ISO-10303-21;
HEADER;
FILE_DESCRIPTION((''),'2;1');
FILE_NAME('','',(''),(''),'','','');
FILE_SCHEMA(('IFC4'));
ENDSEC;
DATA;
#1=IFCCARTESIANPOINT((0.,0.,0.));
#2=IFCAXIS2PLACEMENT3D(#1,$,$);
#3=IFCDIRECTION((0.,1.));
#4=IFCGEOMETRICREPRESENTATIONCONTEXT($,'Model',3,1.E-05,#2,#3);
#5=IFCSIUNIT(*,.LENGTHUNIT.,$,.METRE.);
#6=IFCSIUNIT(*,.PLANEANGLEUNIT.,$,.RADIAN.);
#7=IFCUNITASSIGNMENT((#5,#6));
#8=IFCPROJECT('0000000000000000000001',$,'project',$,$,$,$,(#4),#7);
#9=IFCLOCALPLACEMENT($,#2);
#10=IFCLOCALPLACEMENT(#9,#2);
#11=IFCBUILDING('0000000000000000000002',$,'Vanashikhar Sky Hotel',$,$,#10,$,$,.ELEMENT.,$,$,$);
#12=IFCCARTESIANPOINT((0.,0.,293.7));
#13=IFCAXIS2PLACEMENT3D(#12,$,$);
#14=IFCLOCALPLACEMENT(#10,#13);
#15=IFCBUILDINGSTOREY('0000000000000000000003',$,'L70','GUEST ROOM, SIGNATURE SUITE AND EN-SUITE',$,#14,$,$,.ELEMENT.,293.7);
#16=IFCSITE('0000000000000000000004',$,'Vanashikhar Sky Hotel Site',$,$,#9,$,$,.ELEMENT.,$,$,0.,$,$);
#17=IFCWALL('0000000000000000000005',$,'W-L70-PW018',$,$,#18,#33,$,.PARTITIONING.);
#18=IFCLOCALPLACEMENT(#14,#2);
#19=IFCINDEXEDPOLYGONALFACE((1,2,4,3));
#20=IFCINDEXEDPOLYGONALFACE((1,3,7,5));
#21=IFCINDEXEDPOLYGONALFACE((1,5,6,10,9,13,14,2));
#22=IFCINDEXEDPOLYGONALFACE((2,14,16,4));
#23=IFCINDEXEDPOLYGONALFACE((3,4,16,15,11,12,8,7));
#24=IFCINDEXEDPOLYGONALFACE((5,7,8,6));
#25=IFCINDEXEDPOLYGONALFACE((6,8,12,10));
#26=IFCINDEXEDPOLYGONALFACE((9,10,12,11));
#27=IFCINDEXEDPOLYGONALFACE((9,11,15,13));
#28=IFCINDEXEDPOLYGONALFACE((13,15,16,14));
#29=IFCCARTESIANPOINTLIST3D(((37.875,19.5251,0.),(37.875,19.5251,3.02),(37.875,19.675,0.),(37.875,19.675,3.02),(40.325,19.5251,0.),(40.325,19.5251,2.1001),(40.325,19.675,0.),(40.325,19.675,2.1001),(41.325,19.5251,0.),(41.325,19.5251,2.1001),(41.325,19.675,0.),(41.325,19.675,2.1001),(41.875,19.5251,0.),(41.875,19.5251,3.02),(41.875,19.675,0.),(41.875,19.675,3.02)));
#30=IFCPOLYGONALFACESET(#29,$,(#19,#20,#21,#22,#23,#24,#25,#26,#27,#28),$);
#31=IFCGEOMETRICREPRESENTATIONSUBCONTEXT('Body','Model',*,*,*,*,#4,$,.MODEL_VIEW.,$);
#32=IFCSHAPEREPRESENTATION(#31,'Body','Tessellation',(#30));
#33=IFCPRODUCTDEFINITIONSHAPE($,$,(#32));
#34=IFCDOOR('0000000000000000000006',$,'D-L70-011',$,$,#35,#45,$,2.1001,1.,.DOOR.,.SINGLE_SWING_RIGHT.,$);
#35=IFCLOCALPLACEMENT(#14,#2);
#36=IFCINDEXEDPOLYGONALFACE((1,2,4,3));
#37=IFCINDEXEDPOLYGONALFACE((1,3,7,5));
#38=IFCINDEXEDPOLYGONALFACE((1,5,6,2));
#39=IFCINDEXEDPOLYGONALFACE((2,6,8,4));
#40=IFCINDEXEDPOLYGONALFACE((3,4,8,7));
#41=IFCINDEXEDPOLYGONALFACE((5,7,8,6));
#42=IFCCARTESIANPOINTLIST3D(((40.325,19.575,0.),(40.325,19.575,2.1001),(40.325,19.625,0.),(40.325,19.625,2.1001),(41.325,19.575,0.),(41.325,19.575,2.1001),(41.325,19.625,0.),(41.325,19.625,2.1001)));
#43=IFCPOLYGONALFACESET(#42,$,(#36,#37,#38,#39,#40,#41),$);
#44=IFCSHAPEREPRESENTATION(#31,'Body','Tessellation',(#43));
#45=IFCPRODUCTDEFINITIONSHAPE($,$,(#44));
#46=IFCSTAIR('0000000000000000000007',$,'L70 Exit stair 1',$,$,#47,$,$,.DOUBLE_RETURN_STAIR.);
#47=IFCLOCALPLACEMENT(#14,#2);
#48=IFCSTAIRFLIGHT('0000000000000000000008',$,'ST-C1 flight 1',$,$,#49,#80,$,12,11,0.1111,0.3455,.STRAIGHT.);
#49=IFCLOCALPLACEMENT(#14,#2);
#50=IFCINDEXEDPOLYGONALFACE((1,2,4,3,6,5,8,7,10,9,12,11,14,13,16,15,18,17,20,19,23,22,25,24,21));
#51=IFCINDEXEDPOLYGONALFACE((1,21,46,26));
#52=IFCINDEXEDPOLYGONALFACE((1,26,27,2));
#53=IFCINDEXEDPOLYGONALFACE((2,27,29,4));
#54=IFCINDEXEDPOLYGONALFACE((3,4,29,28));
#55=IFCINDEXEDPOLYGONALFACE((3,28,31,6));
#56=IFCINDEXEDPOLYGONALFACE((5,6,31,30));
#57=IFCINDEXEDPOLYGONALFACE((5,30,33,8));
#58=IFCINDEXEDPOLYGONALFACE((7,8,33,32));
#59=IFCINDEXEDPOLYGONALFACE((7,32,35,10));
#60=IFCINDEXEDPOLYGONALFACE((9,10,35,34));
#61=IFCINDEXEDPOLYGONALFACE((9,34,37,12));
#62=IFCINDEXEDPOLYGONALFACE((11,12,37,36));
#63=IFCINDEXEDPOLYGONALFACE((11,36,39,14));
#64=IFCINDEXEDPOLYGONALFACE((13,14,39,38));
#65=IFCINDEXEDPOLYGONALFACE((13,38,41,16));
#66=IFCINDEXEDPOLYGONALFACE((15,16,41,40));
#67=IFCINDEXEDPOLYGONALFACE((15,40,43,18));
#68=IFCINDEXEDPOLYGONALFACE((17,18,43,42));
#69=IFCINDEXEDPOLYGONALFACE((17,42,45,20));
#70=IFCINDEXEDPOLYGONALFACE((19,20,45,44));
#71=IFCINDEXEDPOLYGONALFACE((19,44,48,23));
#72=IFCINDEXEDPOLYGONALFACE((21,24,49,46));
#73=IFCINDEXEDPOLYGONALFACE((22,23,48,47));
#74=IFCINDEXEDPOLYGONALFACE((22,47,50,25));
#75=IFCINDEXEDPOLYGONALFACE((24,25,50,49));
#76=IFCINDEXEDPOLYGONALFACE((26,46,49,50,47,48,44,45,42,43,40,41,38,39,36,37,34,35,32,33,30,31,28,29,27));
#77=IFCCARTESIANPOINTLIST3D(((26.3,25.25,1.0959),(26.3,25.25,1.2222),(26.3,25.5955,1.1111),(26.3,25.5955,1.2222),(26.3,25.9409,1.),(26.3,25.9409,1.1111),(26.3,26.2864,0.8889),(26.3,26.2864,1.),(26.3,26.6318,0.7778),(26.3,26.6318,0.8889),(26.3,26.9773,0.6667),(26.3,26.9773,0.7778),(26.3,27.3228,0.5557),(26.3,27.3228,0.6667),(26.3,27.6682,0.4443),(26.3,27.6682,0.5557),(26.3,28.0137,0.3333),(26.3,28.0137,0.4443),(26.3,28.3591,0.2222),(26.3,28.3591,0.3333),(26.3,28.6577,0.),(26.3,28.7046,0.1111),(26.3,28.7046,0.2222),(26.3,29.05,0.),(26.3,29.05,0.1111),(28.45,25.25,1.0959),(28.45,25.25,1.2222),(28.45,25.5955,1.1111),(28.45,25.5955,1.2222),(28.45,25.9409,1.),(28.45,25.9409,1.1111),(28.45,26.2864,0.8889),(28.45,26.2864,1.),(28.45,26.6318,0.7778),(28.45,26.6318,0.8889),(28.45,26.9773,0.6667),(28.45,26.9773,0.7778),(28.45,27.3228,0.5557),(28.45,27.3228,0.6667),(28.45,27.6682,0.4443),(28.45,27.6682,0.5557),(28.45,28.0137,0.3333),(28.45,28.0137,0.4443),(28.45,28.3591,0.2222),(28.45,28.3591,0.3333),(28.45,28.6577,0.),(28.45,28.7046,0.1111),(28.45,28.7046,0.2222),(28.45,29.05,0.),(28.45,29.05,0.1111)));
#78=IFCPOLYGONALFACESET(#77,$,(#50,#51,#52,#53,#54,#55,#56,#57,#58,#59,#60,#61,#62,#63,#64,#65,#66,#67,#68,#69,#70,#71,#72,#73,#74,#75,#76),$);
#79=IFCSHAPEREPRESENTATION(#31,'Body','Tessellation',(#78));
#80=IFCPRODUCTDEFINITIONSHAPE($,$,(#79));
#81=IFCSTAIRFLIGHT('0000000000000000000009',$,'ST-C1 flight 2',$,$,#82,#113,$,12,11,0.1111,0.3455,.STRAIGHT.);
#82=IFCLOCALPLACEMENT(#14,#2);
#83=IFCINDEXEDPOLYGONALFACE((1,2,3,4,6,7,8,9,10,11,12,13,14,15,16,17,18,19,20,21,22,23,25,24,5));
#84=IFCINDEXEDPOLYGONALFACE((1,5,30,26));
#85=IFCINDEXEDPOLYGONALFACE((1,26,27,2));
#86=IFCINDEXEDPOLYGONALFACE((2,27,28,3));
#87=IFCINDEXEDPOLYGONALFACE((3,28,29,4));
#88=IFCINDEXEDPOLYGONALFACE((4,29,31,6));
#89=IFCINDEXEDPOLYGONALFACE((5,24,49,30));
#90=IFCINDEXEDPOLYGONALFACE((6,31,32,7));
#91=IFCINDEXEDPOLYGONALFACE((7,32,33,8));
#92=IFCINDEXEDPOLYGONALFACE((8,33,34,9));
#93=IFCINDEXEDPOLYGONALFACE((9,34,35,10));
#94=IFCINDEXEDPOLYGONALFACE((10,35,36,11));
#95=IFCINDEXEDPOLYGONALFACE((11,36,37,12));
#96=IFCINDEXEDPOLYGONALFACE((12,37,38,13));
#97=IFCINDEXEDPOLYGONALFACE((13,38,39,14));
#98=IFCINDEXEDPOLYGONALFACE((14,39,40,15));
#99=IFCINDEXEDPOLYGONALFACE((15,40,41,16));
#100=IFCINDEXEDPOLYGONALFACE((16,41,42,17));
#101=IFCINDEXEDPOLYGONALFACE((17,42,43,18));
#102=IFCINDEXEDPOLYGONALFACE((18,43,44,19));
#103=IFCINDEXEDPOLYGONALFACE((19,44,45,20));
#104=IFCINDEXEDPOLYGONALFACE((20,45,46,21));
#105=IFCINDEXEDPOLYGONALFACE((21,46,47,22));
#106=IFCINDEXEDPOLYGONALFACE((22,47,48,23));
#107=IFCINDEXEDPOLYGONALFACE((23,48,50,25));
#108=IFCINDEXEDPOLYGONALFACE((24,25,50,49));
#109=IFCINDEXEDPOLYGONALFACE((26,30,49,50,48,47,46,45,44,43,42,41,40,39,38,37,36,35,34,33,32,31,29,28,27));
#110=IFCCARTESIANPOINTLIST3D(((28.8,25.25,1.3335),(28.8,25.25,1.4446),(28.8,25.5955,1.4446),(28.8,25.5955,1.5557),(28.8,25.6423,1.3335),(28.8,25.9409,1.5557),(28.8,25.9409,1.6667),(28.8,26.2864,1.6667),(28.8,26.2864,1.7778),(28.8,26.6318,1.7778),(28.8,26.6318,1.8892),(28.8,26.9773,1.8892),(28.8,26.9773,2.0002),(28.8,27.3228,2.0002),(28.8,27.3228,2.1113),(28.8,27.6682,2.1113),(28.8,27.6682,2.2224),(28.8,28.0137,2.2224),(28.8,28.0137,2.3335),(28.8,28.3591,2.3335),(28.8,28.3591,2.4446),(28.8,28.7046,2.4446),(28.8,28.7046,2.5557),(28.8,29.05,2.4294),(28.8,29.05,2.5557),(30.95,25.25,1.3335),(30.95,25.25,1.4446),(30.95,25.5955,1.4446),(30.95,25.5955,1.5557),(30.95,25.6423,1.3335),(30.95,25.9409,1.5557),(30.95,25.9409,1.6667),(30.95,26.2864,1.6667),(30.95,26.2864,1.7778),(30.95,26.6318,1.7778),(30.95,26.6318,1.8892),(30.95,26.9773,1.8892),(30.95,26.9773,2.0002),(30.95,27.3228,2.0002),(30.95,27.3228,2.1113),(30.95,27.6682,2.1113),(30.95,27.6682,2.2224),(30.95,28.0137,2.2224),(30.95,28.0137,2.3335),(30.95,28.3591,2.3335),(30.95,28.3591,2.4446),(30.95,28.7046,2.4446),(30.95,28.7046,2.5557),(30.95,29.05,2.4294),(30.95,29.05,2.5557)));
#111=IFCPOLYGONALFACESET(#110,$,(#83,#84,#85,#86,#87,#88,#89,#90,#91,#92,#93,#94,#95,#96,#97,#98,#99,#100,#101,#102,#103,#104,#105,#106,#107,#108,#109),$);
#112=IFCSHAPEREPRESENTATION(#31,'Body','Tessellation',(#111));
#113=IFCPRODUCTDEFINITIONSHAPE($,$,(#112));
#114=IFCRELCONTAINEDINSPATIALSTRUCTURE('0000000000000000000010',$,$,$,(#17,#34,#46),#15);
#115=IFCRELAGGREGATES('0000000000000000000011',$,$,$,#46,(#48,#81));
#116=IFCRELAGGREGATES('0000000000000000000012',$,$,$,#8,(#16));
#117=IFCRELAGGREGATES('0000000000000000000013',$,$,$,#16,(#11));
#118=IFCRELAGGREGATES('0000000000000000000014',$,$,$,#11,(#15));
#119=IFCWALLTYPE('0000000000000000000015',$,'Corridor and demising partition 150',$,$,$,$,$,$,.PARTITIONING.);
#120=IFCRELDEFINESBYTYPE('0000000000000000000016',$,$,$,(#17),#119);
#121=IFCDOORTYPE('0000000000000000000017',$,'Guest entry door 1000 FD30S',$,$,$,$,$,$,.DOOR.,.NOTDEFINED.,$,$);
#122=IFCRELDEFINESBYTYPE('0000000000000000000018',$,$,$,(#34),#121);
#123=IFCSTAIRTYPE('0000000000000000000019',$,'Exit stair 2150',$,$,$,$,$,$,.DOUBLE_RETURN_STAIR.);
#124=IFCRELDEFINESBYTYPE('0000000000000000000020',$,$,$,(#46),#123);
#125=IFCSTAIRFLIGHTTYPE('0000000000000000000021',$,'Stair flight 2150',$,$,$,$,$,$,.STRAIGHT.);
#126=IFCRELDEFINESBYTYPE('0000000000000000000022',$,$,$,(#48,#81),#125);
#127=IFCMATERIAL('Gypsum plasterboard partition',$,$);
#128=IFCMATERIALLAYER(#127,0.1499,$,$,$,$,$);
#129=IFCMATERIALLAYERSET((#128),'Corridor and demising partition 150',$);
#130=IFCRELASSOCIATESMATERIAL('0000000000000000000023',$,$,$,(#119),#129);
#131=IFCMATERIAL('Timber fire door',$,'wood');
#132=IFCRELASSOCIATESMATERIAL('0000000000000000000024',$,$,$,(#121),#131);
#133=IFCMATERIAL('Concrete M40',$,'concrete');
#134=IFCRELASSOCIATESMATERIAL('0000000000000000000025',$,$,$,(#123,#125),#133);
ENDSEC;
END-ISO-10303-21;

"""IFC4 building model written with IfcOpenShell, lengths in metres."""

from ifc_helpers import new_model, si_unit, direction, frame, frame_2d, origin, place, context, subcontext, project, spatial, polyline, rectangle, outline, extrude, source, transform, mapped, material, layer, layer_set, type_object, element, fill, aggregate, save


model = new_model("IFC4")

# Units and contexts
model_context = context("Model", 3, precision=1e-05, world=origin(), true_north=direction((0.0, 1.0)))
body_context = subcontext(model_context, "Body", "Model", "MODEL_VIEW")
ifc_project = project(units=[si_unit("LENGTHUNIT", "METRE"), si_unit("PLANEANGLEUNIT", "RADIAN")], contexts=[model_context])

# Site, building, storey
site_placement = place(None, origin())
site = spatial("IfcSite", under=ifc_project, at=site_placement, Name="Vanashikhar Sky Hotel Site", CompositionType="ELEMENT", RefElevation=0.0)
building_placement = place(site_placement, origin())
building = spatial("IfcBuilding", under=site, at=building_placement, Name="Vanashikhar Sky Hotel", CompositionType="ELEMENT")
storey_placement = place(building_placement, frame((0.0, 0.0, 293.7)))
storey = spatial("IfcBuildingStorey", under=building, at=storey_placement, Name="L70", Description="GUEST ROOM, SIGNATURE SUITE AND EN-SUITE", CompositionType="ELEMENT", Elevation=293.7)

# Shared definitions
ifc_material_1 = material(Name="Concrete M40", Category="concrete")

# Wall, opening, door
ifc_material_2 = material(Name="Gypsum plasterboard partition")
ifc_layer_1 = layer(ifc_material_2, 0.1499)
ifc_layer_set_1 = layer_set([ifc_layer_1], Name="Corridor and demising partition 150")
wall_type_1 = type_object("IfcWallType", Name="Corridor and demising partition 150", PredefinedType="PARTITIONING", material=ifc_layer_set_1)
shared_shape_1 = source(origin(), body_context, "Body", "SweptSolid", [
    extrude(rectangle(XDim=1.0, YDim=2.1001, at=frame_2d((0.5, 1.05))), frame((0.0, 0.085, 0.0), z_axis=(0.0, -1.0, 0.0), x_axis=(1.0, 0.0, 0.0)), (0.0, 0.0, 1.0), 0.1699),
])
ifc_material_3 = material(Name="Timber fire door", Category="wood")
door_type_1 = type_object("IfcDoorType", Name="Guest entry door 1000 FD30S", OperationType="NOTDEFINED", PredefinedType="DOOR", material=ifc_material_3)
shared_shape_2 = source(origin(), body_context, "Body", "SweptSolid", [
    extrude(rectangle(XDim=1.0, YDim=2.1001, at=frame_2d((0.5, 1.05))), frame((0.0, 0.0249, 0.0), z_axis=(0.0, -1.0, 0.0), x_axis=(1.0, 0.0, 0.0)), (0.0, 0.0, 1.0), 0.05),
])
shared_shape_3 = source(origin(), body_context, "Body", "SweptSolid", [
    extrude(rectangle(XDim=4.0, YDim=0.1499, at=frame_2d((2.0, 0.0))), origin(), (0.0, 0.0, 1.0), 3.02),
])
wall_1_placement = place(storey_placement, frame((37.875, 19.6001, 0.0), z_axis=(0.0, 0.0, 1.0), x_axis=(1.0, 0.0, 0.0)))
wall_1 = element("IfcWall", 1, at=wall_1_placement, inside=storey, type_object=wall_type_1, Name="W-L70-PW018", PredefinedType="PARTITIONING", context=body_context, shape_type="MappedRepresentation", body=[
    mapped(shared_shape_3, transform((0.0, 0.0, 0.0), scale=1.0)),
])
opening_1_placement = place(wall_1_placement, frame((2.45, 0.0, 0.0)))
opening_1 = element("IfcOpeningElement", 2, at=opening_1_placement, cuts=wall_1, PredefinedType="OPENING", context=body_context, shape_type="MappedRepresentation", body=[
    mapped(shared_shape_1, transform((0.0, 0.0, 0.0), scale=1.0)),
])
door_1_placement = place(opening_1_placement, origin())
door_1 = element("IfcDoor", 3, at=door_1_placement, inside=storey, type_object=door_type_1, Name="D-L70-011", OperationType="SINGLE_SWING_RIGHT", OverallHeight=2.1001, OverallWidth=1.0, PredefinedType="DOOR", context=body_context, shape_type="MappedRepresentation", body=[
    mapped(shared_shape_2, transform((0.0, 0.0, 0.0), scale=1.0)),
])
fill(opening_1, door_1)

# Stair, stair flights
stair_type = type_object("IfcStairType", Name="Exit stair 2150", PredefinedType="DOUBLE_RETURN_STAIR", material=ifc_material_1)
stair_placement = place(storey_placement, origin())
stair = element("IfcStair", 4, at=stair_placement, inside=storey, type_object=stair_type, Name="L70 Exit stair 1", PredefinedType="DOUBLE_RETURN_STAIR")
stair_flight_type = type_object("IfcStairFlightType", Name="Stair flight 2150", PredefinedType="STRAIGHT", material=ifc_material_1)
shared_shape_4 = source(origin(), body_context, "Body", "SweptSolid", [
    extrude(outline(polyline([(0.0, 0.0), (0.0, 0.1111), (0.3455, 0.1111), (0.3455, 0.2222), (0.6909, 0.2222), (0.6909, 0.3333), (1.0364, 0.3333), (1.0364, 0.4443), (1.3818, 0.4443), (1.3818, 0.5557), (1.7273, 0.5557), (1.7273, 0.6667), (2.0728, 0.6667), (2.0728, 0.7778), (2.4182, 0.7778), (2.4182, 0.8889), (2.7637, 0.8889), (2.7637, 1.0), (3.1091, 1.0), (3.1091, 1.1111), (3.4546, 1.1111), (3.4546, 1.2222), (3.8, 1.2222), (3.8, 1.3333), (3.8, 1.0959), (0.3923, 0.0), (0.0, 0.0)])), frame((0.0, 1.075, 0.0), z_axis=(0.0, -1.0, 0.0), x_axis=(1.0, 0.0, 0.0)), (0.0, 0.0, 1.0), 2.1499),
])
stair_flight_1_placement = place(storey_placement, frame((27.375, 29.05, 0.0), z_axis=(0.0, 0.0, 1.0), x_axis=(0.0, -1.0, 0.0)))
stair_flight_1 = element("IfcStairFlight", 5, at=stair_flight_1_placement, type_object=stair_flight_type, Name="ST-C1 flight 1", NumberOfRisers=12, NumberOfTreads=11, PredefinedType="STRAIGHT", RiserHeight=0.1111, TreadLength=0.3455, context=body_context, shape_type="MappedRepresentation", body=[
    mapped(shared_shape_4, transform((0.0, 0.0, 0.0), scale=1.0)),
])
stair_flight_2_placement = place(storey_placement, frame((29.875, 25.25, 1.3335), z_axis=(0.0, 0.0, 1.0), x_axis=(0.0, 1.0, 0.0)))
stair_flight_2 = element("IfcStairFlight", 6, at=stair_flight_2_placement, type_object=stair_flight_type, Name="ST-C1 flight 2", NumberOfRisers=12, NumberOfTreads=11, PredefinedType="STRAIGHT", RiserHeight=0.1111, TreadLength=0.3455, context=body_context, shape_type="MappedRepresentation", body=[
    mapped(shared_shape_4, transform((0.0, 0.0, 0.0), scale=1.0)),
])
aggregate(stair, [stair_flight_1, stair_flight_2])

save(model, "model.ifc")
